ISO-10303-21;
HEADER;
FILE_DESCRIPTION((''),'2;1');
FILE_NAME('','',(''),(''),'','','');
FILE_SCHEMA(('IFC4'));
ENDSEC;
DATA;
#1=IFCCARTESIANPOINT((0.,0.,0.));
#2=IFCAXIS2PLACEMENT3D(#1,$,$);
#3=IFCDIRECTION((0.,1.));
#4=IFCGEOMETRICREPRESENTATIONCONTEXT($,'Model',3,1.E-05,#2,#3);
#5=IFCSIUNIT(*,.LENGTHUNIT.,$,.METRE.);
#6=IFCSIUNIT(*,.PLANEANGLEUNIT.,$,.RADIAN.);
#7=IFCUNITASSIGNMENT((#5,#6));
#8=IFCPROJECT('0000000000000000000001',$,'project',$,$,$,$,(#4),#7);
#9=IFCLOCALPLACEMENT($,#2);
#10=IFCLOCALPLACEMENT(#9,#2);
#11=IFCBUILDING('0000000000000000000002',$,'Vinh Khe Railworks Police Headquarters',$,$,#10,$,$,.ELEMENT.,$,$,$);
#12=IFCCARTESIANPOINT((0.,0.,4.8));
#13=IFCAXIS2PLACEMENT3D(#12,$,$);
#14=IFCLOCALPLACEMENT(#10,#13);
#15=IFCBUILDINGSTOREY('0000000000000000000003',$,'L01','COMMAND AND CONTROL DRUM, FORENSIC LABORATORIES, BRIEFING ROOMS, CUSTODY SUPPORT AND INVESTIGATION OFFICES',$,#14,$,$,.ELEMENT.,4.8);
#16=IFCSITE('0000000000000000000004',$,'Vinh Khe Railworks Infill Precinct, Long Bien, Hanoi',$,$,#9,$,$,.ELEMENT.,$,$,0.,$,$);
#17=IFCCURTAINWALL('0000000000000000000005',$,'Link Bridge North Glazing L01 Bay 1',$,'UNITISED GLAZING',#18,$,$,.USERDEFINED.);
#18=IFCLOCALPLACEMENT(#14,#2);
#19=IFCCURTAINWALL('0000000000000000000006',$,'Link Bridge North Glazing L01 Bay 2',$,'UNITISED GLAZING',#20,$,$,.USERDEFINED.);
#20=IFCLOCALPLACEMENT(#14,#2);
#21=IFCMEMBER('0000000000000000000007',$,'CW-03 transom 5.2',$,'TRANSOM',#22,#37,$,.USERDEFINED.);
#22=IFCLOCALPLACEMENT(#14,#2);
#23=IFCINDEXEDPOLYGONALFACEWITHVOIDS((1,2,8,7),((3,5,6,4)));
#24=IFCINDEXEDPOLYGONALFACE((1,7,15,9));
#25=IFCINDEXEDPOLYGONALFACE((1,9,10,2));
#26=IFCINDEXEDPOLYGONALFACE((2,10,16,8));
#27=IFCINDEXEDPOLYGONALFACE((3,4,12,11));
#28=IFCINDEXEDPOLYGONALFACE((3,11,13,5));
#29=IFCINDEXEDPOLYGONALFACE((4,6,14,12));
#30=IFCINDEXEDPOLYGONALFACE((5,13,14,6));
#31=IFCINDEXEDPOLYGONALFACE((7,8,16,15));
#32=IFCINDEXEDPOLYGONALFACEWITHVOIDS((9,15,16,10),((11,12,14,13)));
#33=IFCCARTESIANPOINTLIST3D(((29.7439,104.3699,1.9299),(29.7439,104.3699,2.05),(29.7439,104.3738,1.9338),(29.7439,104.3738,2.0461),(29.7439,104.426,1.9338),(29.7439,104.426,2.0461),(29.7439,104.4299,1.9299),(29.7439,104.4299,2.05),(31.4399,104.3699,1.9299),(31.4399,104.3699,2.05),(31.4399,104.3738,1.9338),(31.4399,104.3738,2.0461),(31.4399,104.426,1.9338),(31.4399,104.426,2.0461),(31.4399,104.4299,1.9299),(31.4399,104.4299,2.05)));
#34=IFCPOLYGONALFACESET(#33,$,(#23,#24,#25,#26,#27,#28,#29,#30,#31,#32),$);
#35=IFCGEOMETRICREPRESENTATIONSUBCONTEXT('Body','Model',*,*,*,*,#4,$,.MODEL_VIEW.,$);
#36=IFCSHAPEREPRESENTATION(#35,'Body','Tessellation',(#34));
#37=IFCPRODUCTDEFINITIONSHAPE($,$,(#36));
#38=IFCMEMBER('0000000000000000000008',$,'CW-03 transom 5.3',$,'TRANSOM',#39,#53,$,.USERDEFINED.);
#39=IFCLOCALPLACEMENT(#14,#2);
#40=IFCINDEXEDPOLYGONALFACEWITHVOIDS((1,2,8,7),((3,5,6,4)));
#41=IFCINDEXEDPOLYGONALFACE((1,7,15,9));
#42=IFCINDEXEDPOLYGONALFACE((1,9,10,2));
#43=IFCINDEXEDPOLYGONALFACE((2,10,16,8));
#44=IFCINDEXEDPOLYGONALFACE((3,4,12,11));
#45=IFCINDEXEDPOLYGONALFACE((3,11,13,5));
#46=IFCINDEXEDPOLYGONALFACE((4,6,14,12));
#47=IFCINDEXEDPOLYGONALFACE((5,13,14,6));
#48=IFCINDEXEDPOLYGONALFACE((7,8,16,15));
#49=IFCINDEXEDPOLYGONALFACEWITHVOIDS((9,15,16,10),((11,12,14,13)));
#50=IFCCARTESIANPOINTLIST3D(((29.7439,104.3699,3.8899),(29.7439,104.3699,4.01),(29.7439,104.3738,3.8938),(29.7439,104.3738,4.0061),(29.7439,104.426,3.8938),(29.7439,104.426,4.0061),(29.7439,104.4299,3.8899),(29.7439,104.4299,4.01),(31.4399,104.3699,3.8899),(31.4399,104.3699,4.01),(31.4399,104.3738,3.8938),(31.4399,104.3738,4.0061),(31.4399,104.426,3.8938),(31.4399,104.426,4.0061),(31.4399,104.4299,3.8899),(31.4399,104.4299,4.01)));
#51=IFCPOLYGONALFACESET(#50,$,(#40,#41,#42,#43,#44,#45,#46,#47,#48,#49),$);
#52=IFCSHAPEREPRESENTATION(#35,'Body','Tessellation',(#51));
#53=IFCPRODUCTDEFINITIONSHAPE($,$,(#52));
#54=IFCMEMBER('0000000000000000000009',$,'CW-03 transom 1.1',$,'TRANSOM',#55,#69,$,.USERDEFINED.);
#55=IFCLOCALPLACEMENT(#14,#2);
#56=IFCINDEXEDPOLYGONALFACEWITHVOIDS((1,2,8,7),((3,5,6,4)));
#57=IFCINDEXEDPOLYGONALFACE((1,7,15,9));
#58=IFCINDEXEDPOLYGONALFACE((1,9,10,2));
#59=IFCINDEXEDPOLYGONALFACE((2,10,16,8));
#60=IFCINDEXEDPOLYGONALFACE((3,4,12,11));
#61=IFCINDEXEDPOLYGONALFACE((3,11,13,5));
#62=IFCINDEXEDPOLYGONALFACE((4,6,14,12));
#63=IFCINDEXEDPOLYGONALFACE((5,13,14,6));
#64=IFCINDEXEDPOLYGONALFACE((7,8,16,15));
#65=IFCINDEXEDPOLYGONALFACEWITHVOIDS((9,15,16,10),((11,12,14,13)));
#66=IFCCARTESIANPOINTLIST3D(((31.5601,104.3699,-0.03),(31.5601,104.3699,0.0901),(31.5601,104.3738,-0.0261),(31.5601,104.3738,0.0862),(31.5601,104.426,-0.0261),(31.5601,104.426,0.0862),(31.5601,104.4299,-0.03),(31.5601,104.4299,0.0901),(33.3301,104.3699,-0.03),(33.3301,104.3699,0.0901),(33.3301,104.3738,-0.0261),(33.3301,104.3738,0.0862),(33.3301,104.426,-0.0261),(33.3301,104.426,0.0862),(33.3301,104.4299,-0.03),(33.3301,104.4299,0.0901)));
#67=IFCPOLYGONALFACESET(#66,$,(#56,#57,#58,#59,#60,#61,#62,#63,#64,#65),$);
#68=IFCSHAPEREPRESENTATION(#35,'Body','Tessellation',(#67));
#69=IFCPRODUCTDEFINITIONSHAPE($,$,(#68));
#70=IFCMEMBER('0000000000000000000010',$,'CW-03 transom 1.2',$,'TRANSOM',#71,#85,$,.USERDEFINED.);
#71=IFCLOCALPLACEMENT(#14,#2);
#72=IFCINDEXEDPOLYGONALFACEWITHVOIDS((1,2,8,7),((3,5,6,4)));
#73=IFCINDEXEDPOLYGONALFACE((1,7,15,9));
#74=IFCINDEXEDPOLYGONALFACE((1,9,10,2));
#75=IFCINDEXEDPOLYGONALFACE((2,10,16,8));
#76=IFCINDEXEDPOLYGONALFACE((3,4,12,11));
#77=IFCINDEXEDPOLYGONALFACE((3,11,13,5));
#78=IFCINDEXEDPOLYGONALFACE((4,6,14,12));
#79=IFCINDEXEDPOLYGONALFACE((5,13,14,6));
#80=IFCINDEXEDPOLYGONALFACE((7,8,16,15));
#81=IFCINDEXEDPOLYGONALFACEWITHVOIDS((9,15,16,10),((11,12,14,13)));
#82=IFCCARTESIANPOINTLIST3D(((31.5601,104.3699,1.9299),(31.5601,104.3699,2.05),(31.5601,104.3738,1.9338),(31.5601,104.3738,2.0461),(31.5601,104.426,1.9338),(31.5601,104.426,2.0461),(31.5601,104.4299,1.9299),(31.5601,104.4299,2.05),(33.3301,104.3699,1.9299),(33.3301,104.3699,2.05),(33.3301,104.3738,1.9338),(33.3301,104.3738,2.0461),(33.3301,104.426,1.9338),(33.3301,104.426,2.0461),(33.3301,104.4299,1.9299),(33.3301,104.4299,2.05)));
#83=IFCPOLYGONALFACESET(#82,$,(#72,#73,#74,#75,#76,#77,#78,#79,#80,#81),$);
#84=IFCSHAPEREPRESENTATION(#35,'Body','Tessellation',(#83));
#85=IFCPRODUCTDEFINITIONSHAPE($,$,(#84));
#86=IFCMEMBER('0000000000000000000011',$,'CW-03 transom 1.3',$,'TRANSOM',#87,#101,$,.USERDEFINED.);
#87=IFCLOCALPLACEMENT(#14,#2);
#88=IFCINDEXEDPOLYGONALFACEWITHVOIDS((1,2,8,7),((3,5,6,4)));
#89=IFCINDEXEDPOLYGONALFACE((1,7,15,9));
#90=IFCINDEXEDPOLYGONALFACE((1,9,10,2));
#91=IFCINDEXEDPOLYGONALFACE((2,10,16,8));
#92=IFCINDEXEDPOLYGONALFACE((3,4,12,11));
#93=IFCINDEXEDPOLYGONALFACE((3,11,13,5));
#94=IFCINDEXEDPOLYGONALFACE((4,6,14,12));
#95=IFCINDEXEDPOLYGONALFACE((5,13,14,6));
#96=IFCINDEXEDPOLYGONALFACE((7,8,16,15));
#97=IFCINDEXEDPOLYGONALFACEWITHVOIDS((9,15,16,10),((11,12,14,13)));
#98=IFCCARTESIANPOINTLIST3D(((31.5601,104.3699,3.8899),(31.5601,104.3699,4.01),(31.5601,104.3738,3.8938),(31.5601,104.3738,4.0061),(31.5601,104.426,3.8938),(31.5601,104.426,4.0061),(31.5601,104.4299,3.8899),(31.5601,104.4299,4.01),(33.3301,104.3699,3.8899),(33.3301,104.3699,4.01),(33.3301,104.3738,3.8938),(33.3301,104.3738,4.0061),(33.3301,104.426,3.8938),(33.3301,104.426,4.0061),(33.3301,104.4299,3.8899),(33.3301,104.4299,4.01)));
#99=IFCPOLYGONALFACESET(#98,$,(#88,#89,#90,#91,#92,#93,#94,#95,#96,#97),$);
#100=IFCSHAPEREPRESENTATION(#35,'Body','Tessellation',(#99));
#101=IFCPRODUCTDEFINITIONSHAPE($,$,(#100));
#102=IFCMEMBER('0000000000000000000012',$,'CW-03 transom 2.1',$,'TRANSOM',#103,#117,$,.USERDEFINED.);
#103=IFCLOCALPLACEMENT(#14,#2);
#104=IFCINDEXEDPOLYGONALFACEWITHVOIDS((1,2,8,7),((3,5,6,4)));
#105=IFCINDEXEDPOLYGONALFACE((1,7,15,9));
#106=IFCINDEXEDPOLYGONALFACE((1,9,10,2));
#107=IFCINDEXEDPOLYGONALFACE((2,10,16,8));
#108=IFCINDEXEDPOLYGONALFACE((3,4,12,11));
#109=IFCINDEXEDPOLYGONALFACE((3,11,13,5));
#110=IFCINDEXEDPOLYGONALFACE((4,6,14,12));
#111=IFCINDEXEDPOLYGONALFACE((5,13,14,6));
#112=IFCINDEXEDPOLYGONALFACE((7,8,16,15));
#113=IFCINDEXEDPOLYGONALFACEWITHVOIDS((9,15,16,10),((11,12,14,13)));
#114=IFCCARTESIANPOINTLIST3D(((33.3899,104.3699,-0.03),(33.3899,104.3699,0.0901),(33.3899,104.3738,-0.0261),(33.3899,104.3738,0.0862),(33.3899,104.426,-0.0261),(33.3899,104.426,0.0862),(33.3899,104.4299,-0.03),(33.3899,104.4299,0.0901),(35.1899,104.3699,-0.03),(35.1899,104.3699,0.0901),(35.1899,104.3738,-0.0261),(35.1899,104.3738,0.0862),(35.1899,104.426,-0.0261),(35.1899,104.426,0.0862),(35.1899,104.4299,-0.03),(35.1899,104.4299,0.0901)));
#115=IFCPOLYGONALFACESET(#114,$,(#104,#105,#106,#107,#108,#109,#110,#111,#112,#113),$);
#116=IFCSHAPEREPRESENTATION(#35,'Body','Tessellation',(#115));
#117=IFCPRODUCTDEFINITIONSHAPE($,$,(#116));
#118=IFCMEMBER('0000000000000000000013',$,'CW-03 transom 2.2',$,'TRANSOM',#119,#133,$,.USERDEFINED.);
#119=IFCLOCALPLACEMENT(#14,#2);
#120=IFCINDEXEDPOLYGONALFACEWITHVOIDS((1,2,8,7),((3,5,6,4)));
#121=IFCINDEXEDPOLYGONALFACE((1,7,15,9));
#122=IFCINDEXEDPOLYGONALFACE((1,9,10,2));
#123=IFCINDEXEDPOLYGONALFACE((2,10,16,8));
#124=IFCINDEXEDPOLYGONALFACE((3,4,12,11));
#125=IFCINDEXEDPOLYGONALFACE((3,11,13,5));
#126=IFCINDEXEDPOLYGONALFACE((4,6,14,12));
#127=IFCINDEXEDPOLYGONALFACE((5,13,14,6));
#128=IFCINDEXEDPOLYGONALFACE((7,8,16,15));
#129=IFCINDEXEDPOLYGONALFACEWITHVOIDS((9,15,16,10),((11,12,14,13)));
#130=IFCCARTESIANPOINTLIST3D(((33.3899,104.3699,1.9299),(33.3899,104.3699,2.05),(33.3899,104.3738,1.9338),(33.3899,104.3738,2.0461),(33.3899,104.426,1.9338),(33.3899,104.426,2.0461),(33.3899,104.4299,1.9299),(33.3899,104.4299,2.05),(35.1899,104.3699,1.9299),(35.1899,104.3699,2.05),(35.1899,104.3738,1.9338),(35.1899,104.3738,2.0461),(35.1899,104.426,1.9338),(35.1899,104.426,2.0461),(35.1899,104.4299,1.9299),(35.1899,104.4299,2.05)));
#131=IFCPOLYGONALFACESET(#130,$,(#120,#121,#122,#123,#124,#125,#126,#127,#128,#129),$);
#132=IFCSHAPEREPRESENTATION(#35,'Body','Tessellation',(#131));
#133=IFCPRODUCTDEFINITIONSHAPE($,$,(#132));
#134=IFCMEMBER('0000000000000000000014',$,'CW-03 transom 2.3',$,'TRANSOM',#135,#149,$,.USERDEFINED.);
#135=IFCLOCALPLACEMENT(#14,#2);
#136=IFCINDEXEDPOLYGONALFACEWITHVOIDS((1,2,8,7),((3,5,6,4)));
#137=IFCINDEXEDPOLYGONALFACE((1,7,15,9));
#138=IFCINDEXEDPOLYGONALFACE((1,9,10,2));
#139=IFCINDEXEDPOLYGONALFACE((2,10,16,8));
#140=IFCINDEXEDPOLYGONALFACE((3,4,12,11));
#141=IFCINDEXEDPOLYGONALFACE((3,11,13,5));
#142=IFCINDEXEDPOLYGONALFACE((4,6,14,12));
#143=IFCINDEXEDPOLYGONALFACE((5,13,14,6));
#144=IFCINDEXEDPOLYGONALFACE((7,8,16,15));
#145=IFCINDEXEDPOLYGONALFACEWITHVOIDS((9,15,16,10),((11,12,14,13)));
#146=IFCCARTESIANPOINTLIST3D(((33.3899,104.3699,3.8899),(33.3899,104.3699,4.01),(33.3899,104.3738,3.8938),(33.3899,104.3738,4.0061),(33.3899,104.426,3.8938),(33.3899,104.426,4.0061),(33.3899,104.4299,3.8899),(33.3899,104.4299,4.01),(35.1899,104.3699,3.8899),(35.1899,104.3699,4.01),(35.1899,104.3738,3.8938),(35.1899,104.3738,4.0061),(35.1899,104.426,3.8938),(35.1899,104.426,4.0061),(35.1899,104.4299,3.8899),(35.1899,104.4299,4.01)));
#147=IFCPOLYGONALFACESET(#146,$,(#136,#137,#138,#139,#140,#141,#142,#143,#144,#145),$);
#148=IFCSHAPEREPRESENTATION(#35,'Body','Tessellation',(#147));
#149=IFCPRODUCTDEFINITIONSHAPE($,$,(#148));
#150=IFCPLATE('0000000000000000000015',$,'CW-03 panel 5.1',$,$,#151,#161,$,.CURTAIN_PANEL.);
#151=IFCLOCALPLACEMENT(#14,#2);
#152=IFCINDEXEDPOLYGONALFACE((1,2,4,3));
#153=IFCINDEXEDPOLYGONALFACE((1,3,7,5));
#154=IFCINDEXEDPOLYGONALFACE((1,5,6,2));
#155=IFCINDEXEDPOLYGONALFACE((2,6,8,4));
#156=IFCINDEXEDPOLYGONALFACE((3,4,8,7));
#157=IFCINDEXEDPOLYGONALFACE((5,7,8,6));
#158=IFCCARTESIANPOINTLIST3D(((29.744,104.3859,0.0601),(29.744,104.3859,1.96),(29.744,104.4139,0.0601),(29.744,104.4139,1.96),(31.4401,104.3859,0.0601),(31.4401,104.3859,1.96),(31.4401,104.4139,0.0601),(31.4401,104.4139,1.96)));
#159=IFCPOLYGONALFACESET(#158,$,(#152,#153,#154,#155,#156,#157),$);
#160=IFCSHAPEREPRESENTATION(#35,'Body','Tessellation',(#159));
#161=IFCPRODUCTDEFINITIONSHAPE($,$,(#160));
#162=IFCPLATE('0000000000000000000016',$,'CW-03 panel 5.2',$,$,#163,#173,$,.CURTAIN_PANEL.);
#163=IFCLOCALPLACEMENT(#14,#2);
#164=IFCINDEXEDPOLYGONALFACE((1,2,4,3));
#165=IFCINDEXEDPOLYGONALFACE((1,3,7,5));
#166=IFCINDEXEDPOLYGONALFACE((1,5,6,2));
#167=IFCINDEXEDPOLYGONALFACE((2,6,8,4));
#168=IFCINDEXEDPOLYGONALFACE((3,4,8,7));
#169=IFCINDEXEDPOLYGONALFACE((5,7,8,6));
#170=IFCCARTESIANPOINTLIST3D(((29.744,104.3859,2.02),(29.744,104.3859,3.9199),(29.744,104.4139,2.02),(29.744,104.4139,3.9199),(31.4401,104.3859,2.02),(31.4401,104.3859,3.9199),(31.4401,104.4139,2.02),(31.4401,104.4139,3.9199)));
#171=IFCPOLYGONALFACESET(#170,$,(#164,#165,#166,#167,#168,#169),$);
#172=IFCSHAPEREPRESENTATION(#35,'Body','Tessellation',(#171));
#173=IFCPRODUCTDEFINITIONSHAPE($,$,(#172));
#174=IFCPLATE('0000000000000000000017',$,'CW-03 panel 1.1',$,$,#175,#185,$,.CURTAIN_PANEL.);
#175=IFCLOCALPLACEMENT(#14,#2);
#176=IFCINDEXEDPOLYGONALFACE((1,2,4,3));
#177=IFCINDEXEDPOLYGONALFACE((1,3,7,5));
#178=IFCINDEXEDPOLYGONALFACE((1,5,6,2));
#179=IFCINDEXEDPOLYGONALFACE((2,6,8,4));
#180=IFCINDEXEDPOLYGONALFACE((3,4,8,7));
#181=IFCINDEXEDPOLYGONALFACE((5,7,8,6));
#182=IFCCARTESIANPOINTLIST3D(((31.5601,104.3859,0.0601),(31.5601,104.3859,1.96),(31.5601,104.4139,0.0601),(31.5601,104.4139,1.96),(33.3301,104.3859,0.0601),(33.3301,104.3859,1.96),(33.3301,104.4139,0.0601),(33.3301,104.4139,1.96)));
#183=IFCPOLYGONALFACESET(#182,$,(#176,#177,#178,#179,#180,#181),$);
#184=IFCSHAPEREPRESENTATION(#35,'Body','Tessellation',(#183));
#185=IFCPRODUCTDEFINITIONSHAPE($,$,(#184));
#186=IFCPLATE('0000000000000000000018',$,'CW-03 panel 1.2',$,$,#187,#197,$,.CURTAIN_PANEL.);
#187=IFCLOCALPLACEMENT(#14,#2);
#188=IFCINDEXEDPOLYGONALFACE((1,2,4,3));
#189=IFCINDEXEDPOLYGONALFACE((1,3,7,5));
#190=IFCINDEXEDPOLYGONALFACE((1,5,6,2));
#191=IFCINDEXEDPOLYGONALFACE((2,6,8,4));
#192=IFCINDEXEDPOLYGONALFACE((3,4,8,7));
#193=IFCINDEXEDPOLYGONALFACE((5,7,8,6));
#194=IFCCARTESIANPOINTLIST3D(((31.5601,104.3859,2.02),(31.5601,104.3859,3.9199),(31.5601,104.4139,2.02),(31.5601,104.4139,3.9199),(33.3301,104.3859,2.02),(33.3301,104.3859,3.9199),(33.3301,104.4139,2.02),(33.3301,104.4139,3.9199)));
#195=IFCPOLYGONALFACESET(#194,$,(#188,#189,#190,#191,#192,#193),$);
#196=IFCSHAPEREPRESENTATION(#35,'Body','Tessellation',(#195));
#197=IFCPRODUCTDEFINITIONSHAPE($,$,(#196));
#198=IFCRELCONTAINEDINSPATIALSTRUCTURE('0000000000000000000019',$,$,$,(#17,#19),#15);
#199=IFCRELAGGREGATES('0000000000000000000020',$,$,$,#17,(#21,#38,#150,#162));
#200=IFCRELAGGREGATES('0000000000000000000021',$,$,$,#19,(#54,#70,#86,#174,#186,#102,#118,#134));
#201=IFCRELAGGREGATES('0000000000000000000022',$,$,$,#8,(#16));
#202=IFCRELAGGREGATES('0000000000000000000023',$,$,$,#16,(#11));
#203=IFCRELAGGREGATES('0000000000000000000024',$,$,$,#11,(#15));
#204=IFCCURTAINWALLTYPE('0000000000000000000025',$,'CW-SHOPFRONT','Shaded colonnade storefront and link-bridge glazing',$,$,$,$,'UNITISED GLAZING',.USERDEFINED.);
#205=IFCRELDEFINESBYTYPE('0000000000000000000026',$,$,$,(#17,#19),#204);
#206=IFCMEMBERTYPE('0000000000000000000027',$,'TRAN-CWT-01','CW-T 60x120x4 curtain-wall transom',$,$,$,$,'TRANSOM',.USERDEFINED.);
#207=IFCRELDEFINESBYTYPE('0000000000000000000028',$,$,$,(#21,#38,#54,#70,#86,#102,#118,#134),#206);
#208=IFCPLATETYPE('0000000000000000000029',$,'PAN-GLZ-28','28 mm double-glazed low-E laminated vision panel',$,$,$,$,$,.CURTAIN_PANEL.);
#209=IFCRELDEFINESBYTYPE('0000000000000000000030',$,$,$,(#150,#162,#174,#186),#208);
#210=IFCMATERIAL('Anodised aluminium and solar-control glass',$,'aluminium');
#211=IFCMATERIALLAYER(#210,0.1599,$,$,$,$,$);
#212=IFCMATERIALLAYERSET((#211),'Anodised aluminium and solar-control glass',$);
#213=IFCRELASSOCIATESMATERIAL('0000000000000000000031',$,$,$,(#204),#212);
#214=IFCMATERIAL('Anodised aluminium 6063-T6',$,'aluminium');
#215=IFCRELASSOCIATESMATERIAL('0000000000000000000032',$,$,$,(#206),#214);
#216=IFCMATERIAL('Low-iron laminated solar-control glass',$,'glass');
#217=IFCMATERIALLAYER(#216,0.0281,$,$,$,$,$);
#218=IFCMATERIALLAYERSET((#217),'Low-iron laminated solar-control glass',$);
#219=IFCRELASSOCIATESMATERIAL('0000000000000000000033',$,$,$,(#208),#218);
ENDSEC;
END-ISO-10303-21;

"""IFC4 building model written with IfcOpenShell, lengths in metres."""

from ifc_helpers import new_model, si_unit, direction, frame, origin, origin_2d, place, context, subcontext, project, spatial, rectangle, hollow_rectangle, extrude, material, layer, layer_set, material_profile, profile_set, type_object, element, aggregate, save


model = new_model("IFC4")

# Units and contexts
model_context = context("Model", 3, precision=1e-05, world=origin(), true_north=direction((0.0, 1.0)))
body_context = subcontext(model_context, "Body", "Model", "MODEL_VIEW")
ifc_project = project(units=[si_unit("LENGTHUNIT", "METRE"), si_unit("PLANEANGLEUNIT", "RADIAN")], contexts=[model_context])

# Site, building, storey
site_placement = place(None, origin())
site = spatial("IfcSite", under=ifc_project, at=site_placement, Name="Vinh Khe Railworks Infill Precinct, Long Bien, Hanoi", CompositionType="ELEMENT", RefElevation=0.0)
building_placement = place(site_placement, origin())
building = spatial("IfcBuilding", under=site, at=building_placement, Name="Vinh Khe Railworks Police Headquarters", CompositionType="ELEMENT")
storey_placement = place(building_placement, frame((0.0, 0.0, 4.8)))
storey = spatial("IfcBuildingStorey", under=building, at=storey_placement, Name="L01", Description="COMMAND AND CONTROL DRUM, FORENSIC LABORATORIES, BRIEFING ROOMS, CUSTODY SUPPORT AND INVESTIGATION OFFICES", CompositionType="ELEMENT", Elevation=4.8)

# Curtain walls
ifc_material_1 = material(Name="Anodised aluminium and solar-control glass", Category="aluminium")
ifc_layer_1 = layer(ifc_material_1, 0.1599)
ifc_layer_set_1 = layer_set([ifc_layer_1], Name="Anodised aluminium and solar-control glass")
curtain_wall_type = type_object("IfcCurtainWallType", Name="CW-SHOPFRONT", Description="Shaded colonnade storefront and link-bridge glazing", ElementType="UNITISED GLAZING", PredefinedType="USERDEFINED", material=ifc_layer_set_1)
curtain_wall_1_placement = place(storey_placement, origin())
curtain_wall_1 = element("IfcCurtainWall", 1, at=curtain_wall_1_placement, inside=storey, type_object=curtain_wall_type, Name="Link Bridge North Glazing L01 Bay 1", ObjectType="UNITISED GLAZING", PredefinedType="USERDEFINED")
ifc_material_2 = material(Name="Anodised aluminium 6063-T6", Category="aluminium")
curtain_wall_2_placement = place(storey_placement, origin())
curtain_wall_2 = element("IfcCurtainWall", 2, at=curtain_wall_2_placement, inside=storey, type_object=curtain_wall_type, Name="Link Bridge North Glazing L01 Bay 2", ObjectType="UNITISED GLAZING", PredefinedType="USERDEFINED")

# Members
ifc_material_profile_1 = material_profile(ifc_material_2, hollow_rectangle(XDim=0.0601, YDim=0.1201, WallThickness=0.0039, at=origin_2d()), Name="CW-T 60x120x4")
ifc_profile_set_1 = profile_set([ifc_material_profile_1], Name="Anodised aluminium 6063-T6")
member_type_1 = type_object("IfcMemberType", Name="TRAN-CWT-01", Description="CW-T 60x120x4 curtain-wall transom", ElementType="TRANSOM", PredefinedType="USERDEFINED", material=ifc_profile_set_1)
member_1_placement = place(storey_placement, frame((29.7439, 104.3999, 1.99), z_axis=(1.0, 0.0, 0.0), x_axis=(0.0, 1.0, 0.0)))
member_1 = element("IfcMember", 3, at=member_1_placement, type_object=member_type_1, Name="CW-03 transom 5.2", ObjectType="TRANSOM", PredefinedType="USERDEFINED", context=body_context, shape_type="SweptSolid", body=[
    extrude(hollow_rectangle(XDim=0.0601, YDim=0.1201, WallThickness=0.0039, at=origin_2d()), origin(), (0.0, 0.0, 1.0), 1.696),
])
member_2_placement = place(storey_placement, frame((29.7439, 104.3999, 3.95), z_axis=(1.0, 0.0, 0.0), x_axis=(0.0, 1.0, 0.0)))
member_2 = element("IfcMember", 4, at=member_2_placement, type_object=member_type_1, Name="CW-03 transom 5.3", ObjectType="TRANSOM", PredefinedType="USERDEFINED", context=body_context, shape_type="SweptSolid", body=[
    extrude(hollow_rectangle(XDim=0.0601, YDim=0.1201, WallThickness=0.0039, at=origin_2d()), origin(), (0.0, 0.0, 1.0), 1.696),
])
member_3_placement = place(storey_placement, frame((31.5601, 104.3999, 0.03), z_axis=(1.0, 0.0, 0.0), x_axis=(0.0, 1.0, 0.0)))
member_3 = element("IfcMember", 5, at=member_3_placement, type_object=member_type_1, Name="CW-03 transom 1.1", ObjectType="TRANSOM", PredefinedType="USERDEFINED", context=body_context, shape_type="SweptSolid", body=[
    extrude(hollow_rectangle(XDim=0.0601, YDim=0.1201, WallThickness=0.0039, at=origin_2d()), origin(), (0.0, 0.0, 1.0), 1.77),
])
member_4_placement = place(storey_placement, frame((31.5601, 104.3999, 1.99), z_axis=(1.0, 0.0, 0.0), x_axis=(0.0, 1.0, 0.0)))
member_4 = element("IfcMember", 6, at=member_4_placement, type_object=member_type_1, Name="CW-03 transom 1.2", ObjectType="TRANSOM", PredefinedType="USERDEFINED", context=body_context, shape_type="SweptSolid", body=[
    extrude(hollow_rectangle(XDim=0.0601, YDim=0.1201, WallThickness=0.0039, at=origin_2d()), origin(), (0.0, 0.0, 1.0), 1.77),
])
member_5_placement = place(storey_placement, frame((31.5601, 104.3999, 3.95), z_axis=(1.0, 0.0, 0.0), x_axis=(0.0, 1.0, 0.0)))
member_5 = element("IfcMember", 7, at=member_5_placement, type_object=member_type_1, Name="CW-03 transom 1.3", ObjectType="TRANSOM", PredefinedType="USERDEFINED", context=body_context, shape_type="SweptSolid", body=[
    extrude(hollow_rectangle(XDim=0.0601, YDim=0.1201, WallThickness=0.0039, at=origin_2d()), origin(), (0.0, 0.0, 1.0), 1.77),
])
member_6_placement = place(storey_placement, frame((33.3899, 104.3999, 0.03), z_axis=(1.0, 0.0, 0.0), x_axis=(0.0, 1.0, 0.0)))
member_6 = element("IfcMember", 8, at=member_6_placement, type_object=member_type_1, Name="CW-03 transom 2.1", ObjectType="TRANSOM", PredefinedType="USERDEFINED", context=body_context, shape_type="SweptSolid", body=[
    extrude(hollow_rectangle(XDim=0.0601, YDim=0.1201, WallThickness=0.0039, at=origin_2d()), origin(), (0.0, 0.0, 1.0), 1.8),
])
member_7_placement = place(storey_placement, frame((33.3899, 104.3999, 1.99), z_axis=(1.0, 0.0, 0.0), x_axis=(0.0, 1.0, 0.0)))
member_7 = element("IfcMember", 9, at=member_7_placement, type_object=member_type_1, Name="CW-03 transom 2.2", ObjectType="TRANSOM", PredefinedType="USERDEFINED", context=body_context, shape_type="SweptSolid", body=[
    extrude(hollow_rectangle(XDim=0.0601, YDim=0.1201, WallThickness=0.0039, at=origin_2d()), origin(), (0.0, 0.0, 1.0), 1.8),
])
member_8_placement = place(storey_placement, frame((33.3899, 104.3999, 3.95), z_axis=(1.0, 0.0, 0.0), x_axis=(0.0, 1.0, 0.0)))
member_8 = element("IfcMember", 10, at=member_8_placement, type_object=member_type_1, Name="CW-03 transom 2.3", ObjectType="TRANSOM", PredefinedType="USERDEFINED", context=body_context, shape_type="SweptSolid", body=[
    extrude(hollow_rectangle(XDim=0.0601, YDim=0.1201, WallThickness=0.0039, at=origin_2d()), origin(), (0.0, 0.0, 1.0), 1.8),
])

# Plates
ifc_material_3 = material(Name="Low-iron laminated solar-control glass", Category="glass")
ifc_layer_2 = layer(ifc_material_3, 0.0281)
ifc_layer_set_2 = layer_set([ifc_layer_2], Name="Low-iron laminated solar-control glass")
plate_type = type_object("IfcPlateType", Name="PAN-GLZ-28", Description="28 mm double-glazed low-E laminated vision panel", PredefinedType="CURTAIN_PANEL", material=ifc_layer_set_2)
plate_1_placement = place(storey_placement, frame((30.592, 104.3999, 0.0601), z_axis=(0.0, 0.0, 1.0), x_axis=(1.0, 0.0, 0.0)))
plate_1 = element("IfcPlate", 11, at=plate_1_placement, type_object=plate_type, Name="CW-03 panel 5.1", PredefinedType="CURTAIN_PANEL", context=body_context, shape_type="SweptSolid", body=[
    extrude(rectangle(XDim=1.696, YDim=0.0281, at=origin_2d()), origin(), (0.0, 0.0, 1.0), 1.8999),
])
plate_2_placement = place(storey_placement, frame((30.592, 104.3999, 2.02), z_axis=(0.0, 0.0, 1.0), x_axis=(1.0, 0.0, 0.0)))
plate_2 = element("IfcPlate", 12, at=plate_2_placement, type_object=plate_type, Name="CW-03 panel 5.2", PredefinedType="CURTAIN_PANEL", context=body_context, shape_type="SweptSolid", body=[
    extrude(rectangle(XDim=1.696, YDim=0.0281, at=origin_2d()), origin(), (0.0, 0.0, 1.0), 1.8999),
])
aggregate(curtain_wall_1, [member_1, member_2, plate_1, plate_2])
plate_3_placement = place(storey_placement, frame((32.4451, 104.3999, 0.0601), z_axis=(0.0, 0.0, 1.0), x_axis=(1.0, 0.0, 0.0)))
plate_3 = element("IfcPlate", 13, at=plate_3_placement, type_object=plate_type, Name="CW-03 panel 1.1", PredefinedType="CURTAIN_PANEL", context=body_context, shape_type="SweptSolid", body=[
    extrude(rectangle(XDim=1.77, YDim=0.0281, at=origin_2d()), origin(), (0.0, 0.0, 1.0), 1.8999),
])
plate_4_placement = place(storey_placement, frame((32.4451, 104.3999, 2.02), z_axis=(0.0, 0.0, 1.0), x_axis=(1.0, 0.0, 0.0)))
plate_4 = element("IfcPlate", 14, at=plate_4_placement, type_object=plate_type, Name="CW-03 panel 1.2", PredefinedType="CURTAIN_PANEL", context=body_context, shape_type="SweptSolid", body=[
    extrude(rectangle(XDim=1.77, YDim=0.0281, at=origin_2d()), origin(), (0.0, 0.0, 1.0), 1.8999),
])
aggregate(curtain_wall_2, [member_3, member_4, member_5, plate_3, plate_4, member_6, member_7, member_8])

save(model, "model.ifc")
